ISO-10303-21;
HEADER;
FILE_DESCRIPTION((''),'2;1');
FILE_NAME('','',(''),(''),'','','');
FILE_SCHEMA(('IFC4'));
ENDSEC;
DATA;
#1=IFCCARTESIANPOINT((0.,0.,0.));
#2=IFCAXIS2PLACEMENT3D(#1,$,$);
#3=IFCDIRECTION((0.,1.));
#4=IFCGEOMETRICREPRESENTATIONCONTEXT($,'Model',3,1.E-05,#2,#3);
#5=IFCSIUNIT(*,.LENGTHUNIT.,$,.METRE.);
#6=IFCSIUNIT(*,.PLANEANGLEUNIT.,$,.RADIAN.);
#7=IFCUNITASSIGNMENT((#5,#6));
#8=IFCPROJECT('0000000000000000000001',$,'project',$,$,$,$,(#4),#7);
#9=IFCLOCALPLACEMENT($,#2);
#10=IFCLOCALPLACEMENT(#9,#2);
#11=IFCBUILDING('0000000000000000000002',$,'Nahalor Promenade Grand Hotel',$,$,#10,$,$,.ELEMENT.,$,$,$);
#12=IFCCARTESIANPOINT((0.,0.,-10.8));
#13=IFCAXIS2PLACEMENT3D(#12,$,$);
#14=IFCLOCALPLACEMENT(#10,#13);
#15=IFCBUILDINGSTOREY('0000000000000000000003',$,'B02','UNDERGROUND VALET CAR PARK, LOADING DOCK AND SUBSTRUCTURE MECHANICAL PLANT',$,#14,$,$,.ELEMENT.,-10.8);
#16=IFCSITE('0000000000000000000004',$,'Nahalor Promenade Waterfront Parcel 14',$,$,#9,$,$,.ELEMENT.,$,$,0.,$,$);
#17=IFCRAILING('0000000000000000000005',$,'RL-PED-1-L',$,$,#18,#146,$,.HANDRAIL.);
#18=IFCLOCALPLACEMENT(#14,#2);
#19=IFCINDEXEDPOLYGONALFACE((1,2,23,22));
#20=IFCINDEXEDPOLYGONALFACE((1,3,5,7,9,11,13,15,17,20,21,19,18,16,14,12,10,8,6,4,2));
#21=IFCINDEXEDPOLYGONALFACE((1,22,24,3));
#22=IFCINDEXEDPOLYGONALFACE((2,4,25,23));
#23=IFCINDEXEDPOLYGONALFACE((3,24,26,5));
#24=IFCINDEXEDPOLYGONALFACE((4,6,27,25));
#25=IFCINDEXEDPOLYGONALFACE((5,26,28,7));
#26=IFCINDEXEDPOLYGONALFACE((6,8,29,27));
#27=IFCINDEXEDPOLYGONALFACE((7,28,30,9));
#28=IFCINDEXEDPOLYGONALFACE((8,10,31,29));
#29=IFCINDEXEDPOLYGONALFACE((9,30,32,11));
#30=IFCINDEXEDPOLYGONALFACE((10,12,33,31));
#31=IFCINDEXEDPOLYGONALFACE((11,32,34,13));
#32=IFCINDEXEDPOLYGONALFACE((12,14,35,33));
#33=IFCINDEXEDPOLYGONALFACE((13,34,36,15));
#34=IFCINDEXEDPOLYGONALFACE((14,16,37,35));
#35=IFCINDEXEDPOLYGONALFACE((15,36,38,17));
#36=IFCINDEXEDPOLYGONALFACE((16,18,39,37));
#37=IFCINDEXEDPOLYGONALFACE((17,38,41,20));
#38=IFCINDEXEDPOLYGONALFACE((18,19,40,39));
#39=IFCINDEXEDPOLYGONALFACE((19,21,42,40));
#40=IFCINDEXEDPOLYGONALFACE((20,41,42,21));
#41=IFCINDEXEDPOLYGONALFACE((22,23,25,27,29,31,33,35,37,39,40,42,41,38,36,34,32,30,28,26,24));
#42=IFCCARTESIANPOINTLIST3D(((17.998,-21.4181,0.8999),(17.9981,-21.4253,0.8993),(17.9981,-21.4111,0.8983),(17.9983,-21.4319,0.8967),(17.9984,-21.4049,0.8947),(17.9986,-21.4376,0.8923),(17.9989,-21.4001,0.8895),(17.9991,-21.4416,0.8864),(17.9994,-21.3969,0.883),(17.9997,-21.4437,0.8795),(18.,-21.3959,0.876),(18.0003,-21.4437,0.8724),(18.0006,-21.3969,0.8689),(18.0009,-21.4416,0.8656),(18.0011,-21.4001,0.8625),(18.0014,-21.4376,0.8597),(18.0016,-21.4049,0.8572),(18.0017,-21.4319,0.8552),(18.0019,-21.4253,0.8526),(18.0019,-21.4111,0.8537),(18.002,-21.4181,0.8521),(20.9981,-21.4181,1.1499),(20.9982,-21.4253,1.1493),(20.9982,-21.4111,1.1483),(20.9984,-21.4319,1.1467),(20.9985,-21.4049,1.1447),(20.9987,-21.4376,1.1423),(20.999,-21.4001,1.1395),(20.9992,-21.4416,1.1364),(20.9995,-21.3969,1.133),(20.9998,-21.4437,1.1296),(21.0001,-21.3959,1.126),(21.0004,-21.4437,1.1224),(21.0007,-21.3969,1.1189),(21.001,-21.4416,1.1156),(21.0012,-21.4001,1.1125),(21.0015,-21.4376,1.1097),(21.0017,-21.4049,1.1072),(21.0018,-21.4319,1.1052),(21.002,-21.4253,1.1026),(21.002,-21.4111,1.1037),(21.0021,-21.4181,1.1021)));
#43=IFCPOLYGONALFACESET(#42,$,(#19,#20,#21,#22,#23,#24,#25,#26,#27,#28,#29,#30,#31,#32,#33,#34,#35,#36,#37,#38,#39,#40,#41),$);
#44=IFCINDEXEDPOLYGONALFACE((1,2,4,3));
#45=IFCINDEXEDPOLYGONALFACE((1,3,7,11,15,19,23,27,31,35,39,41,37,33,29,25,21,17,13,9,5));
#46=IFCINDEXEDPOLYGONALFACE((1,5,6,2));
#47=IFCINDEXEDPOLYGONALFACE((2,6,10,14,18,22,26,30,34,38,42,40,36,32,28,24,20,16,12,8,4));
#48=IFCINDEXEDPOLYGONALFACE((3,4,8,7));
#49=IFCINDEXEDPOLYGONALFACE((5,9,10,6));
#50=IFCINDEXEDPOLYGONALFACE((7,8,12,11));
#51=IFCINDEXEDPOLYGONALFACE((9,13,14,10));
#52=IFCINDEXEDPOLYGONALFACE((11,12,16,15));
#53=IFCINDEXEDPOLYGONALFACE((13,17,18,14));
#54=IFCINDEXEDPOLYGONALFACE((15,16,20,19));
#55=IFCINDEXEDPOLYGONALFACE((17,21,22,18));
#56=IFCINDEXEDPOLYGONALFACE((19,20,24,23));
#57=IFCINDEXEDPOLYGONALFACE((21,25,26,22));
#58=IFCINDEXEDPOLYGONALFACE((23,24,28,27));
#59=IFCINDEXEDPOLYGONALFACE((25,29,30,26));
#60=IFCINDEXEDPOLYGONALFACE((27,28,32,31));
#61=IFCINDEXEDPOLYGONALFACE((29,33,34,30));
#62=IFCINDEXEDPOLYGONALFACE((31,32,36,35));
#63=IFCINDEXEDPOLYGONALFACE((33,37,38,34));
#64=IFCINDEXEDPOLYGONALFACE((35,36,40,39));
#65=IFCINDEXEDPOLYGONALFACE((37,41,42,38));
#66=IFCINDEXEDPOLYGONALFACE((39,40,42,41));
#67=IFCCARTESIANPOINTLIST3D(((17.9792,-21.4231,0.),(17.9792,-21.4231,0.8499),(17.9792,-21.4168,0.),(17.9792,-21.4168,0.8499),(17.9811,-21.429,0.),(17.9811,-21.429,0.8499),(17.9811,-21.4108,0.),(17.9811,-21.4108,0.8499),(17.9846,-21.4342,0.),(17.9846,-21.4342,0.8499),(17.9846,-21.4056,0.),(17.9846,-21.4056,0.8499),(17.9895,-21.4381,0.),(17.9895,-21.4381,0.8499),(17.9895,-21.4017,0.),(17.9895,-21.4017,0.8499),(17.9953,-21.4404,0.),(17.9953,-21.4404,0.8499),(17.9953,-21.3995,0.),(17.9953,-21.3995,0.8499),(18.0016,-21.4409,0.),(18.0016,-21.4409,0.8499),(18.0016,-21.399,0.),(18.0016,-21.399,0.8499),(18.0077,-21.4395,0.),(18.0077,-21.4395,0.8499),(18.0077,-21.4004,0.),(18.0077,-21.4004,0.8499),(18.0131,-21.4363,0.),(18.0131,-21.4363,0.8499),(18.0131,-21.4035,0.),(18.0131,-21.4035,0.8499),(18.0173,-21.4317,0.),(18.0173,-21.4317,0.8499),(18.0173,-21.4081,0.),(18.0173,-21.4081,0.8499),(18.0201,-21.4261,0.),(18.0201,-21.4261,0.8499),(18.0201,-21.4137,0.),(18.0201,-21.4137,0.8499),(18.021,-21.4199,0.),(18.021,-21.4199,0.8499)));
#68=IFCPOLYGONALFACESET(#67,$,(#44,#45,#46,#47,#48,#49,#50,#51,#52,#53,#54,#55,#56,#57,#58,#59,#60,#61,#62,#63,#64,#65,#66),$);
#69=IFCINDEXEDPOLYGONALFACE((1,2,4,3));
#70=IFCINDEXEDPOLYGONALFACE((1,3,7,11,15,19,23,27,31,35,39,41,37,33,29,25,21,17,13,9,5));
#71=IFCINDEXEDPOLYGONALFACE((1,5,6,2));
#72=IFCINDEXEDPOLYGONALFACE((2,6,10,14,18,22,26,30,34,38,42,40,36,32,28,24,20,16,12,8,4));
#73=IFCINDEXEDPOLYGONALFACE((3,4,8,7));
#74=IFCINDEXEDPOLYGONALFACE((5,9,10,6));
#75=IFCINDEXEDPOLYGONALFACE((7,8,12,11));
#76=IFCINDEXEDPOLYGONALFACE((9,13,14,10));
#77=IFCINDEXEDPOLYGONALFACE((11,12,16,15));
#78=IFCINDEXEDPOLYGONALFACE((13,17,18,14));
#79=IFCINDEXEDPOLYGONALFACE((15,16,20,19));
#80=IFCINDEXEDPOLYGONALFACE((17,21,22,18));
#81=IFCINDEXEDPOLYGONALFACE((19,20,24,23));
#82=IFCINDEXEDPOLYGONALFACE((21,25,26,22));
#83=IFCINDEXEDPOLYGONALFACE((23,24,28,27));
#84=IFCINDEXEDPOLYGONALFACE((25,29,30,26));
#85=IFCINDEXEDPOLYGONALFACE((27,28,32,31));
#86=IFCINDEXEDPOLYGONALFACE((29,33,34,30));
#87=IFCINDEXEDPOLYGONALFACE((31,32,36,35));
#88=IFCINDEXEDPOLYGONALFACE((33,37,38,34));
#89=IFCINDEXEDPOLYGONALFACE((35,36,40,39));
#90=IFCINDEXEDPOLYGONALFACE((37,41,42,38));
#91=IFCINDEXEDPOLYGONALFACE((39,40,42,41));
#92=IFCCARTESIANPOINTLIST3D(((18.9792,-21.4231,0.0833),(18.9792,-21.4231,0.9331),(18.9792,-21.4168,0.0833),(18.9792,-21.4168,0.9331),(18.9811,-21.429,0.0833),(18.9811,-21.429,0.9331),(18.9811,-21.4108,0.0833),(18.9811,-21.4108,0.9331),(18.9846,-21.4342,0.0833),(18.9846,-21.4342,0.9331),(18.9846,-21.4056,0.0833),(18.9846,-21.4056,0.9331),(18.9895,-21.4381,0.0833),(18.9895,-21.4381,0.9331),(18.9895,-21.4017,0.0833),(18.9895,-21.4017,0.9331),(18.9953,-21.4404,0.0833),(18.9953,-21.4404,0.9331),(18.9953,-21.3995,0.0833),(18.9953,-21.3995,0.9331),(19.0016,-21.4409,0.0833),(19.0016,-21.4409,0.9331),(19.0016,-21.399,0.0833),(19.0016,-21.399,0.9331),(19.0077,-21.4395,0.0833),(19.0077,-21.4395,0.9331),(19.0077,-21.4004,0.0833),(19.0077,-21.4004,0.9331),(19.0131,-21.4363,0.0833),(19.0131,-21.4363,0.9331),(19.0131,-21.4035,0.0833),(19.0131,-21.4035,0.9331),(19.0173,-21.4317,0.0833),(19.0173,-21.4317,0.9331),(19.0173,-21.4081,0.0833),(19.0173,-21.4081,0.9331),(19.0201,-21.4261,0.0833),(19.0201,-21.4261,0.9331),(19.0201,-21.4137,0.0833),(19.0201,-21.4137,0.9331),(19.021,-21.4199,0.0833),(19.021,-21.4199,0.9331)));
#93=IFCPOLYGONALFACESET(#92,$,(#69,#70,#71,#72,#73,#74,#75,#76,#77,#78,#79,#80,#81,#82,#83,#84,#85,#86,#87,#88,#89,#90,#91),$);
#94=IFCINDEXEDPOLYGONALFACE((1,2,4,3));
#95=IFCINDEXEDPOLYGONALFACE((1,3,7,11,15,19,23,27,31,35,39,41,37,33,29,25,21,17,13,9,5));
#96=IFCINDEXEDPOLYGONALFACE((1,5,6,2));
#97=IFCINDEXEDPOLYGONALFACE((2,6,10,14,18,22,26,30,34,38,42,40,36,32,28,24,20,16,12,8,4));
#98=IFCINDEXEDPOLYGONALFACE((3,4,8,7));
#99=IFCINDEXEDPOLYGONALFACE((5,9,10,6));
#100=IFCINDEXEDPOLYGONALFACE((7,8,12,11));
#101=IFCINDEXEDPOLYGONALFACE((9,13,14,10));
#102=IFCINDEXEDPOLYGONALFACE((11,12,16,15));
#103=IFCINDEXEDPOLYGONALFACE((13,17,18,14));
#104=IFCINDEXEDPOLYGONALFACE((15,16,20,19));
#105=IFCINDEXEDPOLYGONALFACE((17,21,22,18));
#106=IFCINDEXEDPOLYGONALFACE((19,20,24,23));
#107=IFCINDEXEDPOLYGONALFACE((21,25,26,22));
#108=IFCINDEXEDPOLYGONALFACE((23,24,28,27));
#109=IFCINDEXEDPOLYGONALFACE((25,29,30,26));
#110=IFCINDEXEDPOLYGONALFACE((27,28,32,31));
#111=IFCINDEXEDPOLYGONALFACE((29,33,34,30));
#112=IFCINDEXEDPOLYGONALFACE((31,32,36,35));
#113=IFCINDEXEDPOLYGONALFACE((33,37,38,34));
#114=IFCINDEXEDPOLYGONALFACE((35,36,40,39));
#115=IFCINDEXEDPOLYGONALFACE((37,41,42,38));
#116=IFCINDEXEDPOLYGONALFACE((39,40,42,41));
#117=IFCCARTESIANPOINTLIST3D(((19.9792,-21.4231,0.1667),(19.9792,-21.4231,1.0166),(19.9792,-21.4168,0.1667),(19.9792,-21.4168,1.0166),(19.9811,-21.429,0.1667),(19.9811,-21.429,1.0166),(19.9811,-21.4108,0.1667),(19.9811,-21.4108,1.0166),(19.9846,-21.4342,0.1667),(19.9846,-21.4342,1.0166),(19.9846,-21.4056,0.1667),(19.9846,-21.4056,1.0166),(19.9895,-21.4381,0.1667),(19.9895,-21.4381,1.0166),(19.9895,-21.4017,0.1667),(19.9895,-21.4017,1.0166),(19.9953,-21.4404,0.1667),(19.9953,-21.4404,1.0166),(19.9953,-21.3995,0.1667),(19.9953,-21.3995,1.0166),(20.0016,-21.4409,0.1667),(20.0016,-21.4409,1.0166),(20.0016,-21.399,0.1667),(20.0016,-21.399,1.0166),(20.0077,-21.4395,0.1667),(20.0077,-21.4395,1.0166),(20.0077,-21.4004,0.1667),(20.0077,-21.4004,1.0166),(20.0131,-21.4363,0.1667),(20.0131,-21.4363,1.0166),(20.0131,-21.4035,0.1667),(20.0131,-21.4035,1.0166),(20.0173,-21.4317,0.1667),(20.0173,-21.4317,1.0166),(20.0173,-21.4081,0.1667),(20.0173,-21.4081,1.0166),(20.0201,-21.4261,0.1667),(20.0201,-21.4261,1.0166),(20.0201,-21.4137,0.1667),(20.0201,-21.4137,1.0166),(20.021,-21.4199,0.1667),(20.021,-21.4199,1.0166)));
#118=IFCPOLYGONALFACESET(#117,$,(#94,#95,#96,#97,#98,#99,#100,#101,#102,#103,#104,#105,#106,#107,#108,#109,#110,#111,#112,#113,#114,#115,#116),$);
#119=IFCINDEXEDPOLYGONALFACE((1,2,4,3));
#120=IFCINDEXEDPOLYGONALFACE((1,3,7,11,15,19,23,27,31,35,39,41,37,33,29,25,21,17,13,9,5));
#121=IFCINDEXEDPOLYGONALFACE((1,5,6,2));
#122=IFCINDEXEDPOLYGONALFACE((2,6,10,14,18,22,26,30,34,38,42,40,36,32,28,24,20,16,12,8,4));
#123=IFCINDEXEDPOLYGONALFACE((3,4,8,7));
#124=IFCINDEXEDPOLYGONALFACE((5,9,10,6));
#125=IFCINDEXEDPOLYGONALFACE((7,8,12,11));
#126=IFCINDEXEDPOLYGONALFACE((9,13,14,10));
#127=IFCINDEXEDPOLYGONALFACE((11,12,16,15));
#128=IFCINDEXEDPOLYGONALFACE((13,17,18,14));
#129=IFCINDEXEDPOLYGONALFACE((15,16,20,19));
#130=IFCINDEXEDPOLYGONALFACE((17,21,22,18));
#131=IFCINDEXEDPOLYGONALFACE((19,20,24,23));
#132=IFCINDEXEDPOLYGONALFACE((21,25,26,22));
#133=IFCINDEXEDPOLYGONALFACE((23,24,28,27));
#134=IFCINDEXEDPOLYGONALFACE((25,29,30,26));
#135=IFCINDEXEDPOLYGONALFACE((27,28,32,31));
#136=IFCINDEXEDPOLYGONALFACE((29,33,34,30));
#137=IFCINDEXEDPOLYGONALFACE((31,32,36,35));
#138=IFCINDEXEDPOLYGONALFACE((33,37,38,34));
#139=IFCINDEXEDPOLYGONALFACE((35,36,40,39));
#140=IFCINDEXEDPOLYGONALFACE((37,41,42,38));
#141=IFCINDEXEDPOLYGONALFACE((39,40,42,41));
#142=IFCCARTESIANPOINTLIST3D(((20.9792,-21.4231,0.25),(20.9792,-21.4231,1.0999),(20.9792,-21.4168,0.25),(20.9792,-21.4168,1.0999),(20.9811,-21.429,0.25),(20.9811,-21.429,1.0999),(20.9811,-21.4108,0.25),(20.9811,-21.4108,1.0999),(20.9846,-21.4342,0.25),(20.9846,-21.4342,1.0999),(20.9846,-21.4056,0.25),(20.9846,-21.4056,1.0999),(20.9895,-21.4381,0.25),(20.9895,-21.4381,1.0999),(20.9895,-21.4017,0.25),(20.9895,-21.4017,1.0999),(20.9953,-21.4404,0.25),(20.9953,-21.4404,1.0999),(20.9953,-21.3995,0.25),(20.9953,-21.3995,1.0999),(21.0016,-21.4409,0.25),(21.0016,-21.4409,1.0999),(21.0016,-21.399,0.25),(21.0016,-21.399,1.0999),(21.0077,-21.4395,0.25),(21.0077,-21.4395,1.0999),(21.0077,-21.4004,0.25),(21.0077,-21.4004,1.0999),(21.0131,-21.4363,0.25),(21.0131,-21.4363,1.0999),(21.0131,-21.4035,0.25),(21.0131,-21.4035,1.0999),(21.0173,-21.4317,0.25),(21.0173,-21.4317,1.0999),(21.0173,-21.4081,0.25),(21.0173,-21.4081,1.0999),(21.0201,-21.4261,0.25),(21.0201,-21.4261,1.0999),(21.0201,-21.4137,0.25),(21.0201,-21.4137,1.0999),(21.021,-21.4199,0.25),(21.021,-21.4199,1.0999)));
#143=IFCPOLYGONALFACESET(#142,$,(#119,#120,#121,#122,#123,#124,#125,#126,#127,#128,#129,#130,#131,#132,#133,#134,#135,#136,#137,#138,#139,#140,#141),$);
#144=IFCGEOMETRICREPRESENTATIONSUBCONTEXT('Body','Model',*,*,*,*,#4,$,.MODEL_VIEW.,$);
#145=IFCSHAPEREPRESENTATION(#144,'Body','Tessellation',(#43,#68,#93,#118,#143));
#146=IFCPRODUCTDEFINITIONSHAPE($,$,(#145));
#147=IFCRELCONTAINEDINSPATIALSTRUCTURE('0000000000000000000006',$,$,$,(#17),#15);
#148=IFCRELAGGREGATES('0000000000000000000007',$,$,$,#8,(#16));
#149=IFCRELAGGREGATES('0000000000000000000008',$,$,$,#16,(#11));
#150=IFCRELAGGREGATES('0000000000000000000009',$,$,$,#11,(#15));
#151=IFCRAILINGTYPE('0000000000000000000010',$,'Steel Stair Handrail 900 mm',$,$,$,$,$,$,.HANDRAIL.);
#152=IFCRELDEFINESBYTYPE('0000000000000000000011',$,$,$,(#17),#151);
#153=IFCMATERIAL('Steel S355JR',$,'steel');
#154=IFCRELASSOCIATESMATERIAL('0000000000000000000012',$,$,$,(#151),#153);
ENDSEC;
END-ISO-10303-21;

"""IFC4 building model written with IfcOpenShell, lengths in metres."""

from ifc_helpers import new_model, si_unit, direction, frame, origin, origin_2d, place, context, subcontext, project, spatial, circle, extrude, material, type_object, element, save


model = new_model("IFC4")

# Units and contexts
model_context = context("Model", 3, precision=1e-05, world=origin(), true_north=direction((0.0, 1.0)))
body_context = subcontext(model_context, "Body", "Model", "MODEL_VIEW")
ifc_project = project(units=[si_unit("LENGTHUNIT", "METRE"), si_unit("PLANEANGLEUNIT", "RADIAN")], contexts=[model_context])

# Site, building, storey
site_placement = place(None, origin())
site = spatial("IfcSite", under=ifc_project, at=site_placement, Name="Nahalor Promenade Waterfront Parcel 14", CompositionType="ELEMENT", RefElevation=0.0)
building_placement = place(site_placement, origin())
building = spatial("IfcBuilding", under=site, at=building_placement, Name="Nahalor Promenade Grand Hotel", CompositionType="ELEMENT")
storey_placement = place(building_placement, frame((0.0, 0.0, -10.8)))
storey = spatial("IfcBuildingStorey", under=building, at=storey_placement, Name="B02", Description="UNDERGROUND VALET CAR PARK, LOADING DOCK AND SUBSTRUCTURE MECHANICAL PLANT", CompositionType="ELEMENT", Elevation=-10.8)

# Shared definitions
ifc_material_1 = material(Name="Steel S355JR", Category="steel")

# Railing
railing_type = type_object("IfcRailingType", Name="Steel Stair Handrail 900 mm", PredefinedType="HANDRAIL", material=ifc_material_1)
for number, where, name in (
    (1, (18.0, -21.4199, 0.0), "RL-PED-1-L"),
):
    element("IfcRailing", number, at=place(storey_placement, frame(where)), inside=storey, type_object=railing_type, Name=name, PredefinedType="HANDRAIL", context=body_context, shape_type="SweptSolid", body=[
        extrude(circle(Radius=0.024, at=origin_2d()), frame((0.0, 0.0, 0.876), z_axis=(0.996546, 0.0, 0.083045), x_axis=(0.0, 1.0, 0.0)), (0.0, 0.0, 1.0), 3.0105),
        extrude(circle(Radius=0.021, at=origin_2d()), origin(), (0.0, 0.0, 1.0), 0.8499),
        extrude(circle(Radius=0.021, at=origin_2d()), frame((1.0, 0.0, 0.0833)), (0.0, 0.0, 1.0), 0.8499),
        extrude(circle(Radius=0.021, at=origin_2d()), frame((2.0, 0.0, 0.1667)), (0.0, 0.0, 1.0), 0.8499),
        extrude(circle(Radius=0.021, at=origin_2d()), frame((3.0, 0.0, 0.25)), (0.0, 0.0, 1.0), 0.8499),
    ])

save(model, "model.ifc")
